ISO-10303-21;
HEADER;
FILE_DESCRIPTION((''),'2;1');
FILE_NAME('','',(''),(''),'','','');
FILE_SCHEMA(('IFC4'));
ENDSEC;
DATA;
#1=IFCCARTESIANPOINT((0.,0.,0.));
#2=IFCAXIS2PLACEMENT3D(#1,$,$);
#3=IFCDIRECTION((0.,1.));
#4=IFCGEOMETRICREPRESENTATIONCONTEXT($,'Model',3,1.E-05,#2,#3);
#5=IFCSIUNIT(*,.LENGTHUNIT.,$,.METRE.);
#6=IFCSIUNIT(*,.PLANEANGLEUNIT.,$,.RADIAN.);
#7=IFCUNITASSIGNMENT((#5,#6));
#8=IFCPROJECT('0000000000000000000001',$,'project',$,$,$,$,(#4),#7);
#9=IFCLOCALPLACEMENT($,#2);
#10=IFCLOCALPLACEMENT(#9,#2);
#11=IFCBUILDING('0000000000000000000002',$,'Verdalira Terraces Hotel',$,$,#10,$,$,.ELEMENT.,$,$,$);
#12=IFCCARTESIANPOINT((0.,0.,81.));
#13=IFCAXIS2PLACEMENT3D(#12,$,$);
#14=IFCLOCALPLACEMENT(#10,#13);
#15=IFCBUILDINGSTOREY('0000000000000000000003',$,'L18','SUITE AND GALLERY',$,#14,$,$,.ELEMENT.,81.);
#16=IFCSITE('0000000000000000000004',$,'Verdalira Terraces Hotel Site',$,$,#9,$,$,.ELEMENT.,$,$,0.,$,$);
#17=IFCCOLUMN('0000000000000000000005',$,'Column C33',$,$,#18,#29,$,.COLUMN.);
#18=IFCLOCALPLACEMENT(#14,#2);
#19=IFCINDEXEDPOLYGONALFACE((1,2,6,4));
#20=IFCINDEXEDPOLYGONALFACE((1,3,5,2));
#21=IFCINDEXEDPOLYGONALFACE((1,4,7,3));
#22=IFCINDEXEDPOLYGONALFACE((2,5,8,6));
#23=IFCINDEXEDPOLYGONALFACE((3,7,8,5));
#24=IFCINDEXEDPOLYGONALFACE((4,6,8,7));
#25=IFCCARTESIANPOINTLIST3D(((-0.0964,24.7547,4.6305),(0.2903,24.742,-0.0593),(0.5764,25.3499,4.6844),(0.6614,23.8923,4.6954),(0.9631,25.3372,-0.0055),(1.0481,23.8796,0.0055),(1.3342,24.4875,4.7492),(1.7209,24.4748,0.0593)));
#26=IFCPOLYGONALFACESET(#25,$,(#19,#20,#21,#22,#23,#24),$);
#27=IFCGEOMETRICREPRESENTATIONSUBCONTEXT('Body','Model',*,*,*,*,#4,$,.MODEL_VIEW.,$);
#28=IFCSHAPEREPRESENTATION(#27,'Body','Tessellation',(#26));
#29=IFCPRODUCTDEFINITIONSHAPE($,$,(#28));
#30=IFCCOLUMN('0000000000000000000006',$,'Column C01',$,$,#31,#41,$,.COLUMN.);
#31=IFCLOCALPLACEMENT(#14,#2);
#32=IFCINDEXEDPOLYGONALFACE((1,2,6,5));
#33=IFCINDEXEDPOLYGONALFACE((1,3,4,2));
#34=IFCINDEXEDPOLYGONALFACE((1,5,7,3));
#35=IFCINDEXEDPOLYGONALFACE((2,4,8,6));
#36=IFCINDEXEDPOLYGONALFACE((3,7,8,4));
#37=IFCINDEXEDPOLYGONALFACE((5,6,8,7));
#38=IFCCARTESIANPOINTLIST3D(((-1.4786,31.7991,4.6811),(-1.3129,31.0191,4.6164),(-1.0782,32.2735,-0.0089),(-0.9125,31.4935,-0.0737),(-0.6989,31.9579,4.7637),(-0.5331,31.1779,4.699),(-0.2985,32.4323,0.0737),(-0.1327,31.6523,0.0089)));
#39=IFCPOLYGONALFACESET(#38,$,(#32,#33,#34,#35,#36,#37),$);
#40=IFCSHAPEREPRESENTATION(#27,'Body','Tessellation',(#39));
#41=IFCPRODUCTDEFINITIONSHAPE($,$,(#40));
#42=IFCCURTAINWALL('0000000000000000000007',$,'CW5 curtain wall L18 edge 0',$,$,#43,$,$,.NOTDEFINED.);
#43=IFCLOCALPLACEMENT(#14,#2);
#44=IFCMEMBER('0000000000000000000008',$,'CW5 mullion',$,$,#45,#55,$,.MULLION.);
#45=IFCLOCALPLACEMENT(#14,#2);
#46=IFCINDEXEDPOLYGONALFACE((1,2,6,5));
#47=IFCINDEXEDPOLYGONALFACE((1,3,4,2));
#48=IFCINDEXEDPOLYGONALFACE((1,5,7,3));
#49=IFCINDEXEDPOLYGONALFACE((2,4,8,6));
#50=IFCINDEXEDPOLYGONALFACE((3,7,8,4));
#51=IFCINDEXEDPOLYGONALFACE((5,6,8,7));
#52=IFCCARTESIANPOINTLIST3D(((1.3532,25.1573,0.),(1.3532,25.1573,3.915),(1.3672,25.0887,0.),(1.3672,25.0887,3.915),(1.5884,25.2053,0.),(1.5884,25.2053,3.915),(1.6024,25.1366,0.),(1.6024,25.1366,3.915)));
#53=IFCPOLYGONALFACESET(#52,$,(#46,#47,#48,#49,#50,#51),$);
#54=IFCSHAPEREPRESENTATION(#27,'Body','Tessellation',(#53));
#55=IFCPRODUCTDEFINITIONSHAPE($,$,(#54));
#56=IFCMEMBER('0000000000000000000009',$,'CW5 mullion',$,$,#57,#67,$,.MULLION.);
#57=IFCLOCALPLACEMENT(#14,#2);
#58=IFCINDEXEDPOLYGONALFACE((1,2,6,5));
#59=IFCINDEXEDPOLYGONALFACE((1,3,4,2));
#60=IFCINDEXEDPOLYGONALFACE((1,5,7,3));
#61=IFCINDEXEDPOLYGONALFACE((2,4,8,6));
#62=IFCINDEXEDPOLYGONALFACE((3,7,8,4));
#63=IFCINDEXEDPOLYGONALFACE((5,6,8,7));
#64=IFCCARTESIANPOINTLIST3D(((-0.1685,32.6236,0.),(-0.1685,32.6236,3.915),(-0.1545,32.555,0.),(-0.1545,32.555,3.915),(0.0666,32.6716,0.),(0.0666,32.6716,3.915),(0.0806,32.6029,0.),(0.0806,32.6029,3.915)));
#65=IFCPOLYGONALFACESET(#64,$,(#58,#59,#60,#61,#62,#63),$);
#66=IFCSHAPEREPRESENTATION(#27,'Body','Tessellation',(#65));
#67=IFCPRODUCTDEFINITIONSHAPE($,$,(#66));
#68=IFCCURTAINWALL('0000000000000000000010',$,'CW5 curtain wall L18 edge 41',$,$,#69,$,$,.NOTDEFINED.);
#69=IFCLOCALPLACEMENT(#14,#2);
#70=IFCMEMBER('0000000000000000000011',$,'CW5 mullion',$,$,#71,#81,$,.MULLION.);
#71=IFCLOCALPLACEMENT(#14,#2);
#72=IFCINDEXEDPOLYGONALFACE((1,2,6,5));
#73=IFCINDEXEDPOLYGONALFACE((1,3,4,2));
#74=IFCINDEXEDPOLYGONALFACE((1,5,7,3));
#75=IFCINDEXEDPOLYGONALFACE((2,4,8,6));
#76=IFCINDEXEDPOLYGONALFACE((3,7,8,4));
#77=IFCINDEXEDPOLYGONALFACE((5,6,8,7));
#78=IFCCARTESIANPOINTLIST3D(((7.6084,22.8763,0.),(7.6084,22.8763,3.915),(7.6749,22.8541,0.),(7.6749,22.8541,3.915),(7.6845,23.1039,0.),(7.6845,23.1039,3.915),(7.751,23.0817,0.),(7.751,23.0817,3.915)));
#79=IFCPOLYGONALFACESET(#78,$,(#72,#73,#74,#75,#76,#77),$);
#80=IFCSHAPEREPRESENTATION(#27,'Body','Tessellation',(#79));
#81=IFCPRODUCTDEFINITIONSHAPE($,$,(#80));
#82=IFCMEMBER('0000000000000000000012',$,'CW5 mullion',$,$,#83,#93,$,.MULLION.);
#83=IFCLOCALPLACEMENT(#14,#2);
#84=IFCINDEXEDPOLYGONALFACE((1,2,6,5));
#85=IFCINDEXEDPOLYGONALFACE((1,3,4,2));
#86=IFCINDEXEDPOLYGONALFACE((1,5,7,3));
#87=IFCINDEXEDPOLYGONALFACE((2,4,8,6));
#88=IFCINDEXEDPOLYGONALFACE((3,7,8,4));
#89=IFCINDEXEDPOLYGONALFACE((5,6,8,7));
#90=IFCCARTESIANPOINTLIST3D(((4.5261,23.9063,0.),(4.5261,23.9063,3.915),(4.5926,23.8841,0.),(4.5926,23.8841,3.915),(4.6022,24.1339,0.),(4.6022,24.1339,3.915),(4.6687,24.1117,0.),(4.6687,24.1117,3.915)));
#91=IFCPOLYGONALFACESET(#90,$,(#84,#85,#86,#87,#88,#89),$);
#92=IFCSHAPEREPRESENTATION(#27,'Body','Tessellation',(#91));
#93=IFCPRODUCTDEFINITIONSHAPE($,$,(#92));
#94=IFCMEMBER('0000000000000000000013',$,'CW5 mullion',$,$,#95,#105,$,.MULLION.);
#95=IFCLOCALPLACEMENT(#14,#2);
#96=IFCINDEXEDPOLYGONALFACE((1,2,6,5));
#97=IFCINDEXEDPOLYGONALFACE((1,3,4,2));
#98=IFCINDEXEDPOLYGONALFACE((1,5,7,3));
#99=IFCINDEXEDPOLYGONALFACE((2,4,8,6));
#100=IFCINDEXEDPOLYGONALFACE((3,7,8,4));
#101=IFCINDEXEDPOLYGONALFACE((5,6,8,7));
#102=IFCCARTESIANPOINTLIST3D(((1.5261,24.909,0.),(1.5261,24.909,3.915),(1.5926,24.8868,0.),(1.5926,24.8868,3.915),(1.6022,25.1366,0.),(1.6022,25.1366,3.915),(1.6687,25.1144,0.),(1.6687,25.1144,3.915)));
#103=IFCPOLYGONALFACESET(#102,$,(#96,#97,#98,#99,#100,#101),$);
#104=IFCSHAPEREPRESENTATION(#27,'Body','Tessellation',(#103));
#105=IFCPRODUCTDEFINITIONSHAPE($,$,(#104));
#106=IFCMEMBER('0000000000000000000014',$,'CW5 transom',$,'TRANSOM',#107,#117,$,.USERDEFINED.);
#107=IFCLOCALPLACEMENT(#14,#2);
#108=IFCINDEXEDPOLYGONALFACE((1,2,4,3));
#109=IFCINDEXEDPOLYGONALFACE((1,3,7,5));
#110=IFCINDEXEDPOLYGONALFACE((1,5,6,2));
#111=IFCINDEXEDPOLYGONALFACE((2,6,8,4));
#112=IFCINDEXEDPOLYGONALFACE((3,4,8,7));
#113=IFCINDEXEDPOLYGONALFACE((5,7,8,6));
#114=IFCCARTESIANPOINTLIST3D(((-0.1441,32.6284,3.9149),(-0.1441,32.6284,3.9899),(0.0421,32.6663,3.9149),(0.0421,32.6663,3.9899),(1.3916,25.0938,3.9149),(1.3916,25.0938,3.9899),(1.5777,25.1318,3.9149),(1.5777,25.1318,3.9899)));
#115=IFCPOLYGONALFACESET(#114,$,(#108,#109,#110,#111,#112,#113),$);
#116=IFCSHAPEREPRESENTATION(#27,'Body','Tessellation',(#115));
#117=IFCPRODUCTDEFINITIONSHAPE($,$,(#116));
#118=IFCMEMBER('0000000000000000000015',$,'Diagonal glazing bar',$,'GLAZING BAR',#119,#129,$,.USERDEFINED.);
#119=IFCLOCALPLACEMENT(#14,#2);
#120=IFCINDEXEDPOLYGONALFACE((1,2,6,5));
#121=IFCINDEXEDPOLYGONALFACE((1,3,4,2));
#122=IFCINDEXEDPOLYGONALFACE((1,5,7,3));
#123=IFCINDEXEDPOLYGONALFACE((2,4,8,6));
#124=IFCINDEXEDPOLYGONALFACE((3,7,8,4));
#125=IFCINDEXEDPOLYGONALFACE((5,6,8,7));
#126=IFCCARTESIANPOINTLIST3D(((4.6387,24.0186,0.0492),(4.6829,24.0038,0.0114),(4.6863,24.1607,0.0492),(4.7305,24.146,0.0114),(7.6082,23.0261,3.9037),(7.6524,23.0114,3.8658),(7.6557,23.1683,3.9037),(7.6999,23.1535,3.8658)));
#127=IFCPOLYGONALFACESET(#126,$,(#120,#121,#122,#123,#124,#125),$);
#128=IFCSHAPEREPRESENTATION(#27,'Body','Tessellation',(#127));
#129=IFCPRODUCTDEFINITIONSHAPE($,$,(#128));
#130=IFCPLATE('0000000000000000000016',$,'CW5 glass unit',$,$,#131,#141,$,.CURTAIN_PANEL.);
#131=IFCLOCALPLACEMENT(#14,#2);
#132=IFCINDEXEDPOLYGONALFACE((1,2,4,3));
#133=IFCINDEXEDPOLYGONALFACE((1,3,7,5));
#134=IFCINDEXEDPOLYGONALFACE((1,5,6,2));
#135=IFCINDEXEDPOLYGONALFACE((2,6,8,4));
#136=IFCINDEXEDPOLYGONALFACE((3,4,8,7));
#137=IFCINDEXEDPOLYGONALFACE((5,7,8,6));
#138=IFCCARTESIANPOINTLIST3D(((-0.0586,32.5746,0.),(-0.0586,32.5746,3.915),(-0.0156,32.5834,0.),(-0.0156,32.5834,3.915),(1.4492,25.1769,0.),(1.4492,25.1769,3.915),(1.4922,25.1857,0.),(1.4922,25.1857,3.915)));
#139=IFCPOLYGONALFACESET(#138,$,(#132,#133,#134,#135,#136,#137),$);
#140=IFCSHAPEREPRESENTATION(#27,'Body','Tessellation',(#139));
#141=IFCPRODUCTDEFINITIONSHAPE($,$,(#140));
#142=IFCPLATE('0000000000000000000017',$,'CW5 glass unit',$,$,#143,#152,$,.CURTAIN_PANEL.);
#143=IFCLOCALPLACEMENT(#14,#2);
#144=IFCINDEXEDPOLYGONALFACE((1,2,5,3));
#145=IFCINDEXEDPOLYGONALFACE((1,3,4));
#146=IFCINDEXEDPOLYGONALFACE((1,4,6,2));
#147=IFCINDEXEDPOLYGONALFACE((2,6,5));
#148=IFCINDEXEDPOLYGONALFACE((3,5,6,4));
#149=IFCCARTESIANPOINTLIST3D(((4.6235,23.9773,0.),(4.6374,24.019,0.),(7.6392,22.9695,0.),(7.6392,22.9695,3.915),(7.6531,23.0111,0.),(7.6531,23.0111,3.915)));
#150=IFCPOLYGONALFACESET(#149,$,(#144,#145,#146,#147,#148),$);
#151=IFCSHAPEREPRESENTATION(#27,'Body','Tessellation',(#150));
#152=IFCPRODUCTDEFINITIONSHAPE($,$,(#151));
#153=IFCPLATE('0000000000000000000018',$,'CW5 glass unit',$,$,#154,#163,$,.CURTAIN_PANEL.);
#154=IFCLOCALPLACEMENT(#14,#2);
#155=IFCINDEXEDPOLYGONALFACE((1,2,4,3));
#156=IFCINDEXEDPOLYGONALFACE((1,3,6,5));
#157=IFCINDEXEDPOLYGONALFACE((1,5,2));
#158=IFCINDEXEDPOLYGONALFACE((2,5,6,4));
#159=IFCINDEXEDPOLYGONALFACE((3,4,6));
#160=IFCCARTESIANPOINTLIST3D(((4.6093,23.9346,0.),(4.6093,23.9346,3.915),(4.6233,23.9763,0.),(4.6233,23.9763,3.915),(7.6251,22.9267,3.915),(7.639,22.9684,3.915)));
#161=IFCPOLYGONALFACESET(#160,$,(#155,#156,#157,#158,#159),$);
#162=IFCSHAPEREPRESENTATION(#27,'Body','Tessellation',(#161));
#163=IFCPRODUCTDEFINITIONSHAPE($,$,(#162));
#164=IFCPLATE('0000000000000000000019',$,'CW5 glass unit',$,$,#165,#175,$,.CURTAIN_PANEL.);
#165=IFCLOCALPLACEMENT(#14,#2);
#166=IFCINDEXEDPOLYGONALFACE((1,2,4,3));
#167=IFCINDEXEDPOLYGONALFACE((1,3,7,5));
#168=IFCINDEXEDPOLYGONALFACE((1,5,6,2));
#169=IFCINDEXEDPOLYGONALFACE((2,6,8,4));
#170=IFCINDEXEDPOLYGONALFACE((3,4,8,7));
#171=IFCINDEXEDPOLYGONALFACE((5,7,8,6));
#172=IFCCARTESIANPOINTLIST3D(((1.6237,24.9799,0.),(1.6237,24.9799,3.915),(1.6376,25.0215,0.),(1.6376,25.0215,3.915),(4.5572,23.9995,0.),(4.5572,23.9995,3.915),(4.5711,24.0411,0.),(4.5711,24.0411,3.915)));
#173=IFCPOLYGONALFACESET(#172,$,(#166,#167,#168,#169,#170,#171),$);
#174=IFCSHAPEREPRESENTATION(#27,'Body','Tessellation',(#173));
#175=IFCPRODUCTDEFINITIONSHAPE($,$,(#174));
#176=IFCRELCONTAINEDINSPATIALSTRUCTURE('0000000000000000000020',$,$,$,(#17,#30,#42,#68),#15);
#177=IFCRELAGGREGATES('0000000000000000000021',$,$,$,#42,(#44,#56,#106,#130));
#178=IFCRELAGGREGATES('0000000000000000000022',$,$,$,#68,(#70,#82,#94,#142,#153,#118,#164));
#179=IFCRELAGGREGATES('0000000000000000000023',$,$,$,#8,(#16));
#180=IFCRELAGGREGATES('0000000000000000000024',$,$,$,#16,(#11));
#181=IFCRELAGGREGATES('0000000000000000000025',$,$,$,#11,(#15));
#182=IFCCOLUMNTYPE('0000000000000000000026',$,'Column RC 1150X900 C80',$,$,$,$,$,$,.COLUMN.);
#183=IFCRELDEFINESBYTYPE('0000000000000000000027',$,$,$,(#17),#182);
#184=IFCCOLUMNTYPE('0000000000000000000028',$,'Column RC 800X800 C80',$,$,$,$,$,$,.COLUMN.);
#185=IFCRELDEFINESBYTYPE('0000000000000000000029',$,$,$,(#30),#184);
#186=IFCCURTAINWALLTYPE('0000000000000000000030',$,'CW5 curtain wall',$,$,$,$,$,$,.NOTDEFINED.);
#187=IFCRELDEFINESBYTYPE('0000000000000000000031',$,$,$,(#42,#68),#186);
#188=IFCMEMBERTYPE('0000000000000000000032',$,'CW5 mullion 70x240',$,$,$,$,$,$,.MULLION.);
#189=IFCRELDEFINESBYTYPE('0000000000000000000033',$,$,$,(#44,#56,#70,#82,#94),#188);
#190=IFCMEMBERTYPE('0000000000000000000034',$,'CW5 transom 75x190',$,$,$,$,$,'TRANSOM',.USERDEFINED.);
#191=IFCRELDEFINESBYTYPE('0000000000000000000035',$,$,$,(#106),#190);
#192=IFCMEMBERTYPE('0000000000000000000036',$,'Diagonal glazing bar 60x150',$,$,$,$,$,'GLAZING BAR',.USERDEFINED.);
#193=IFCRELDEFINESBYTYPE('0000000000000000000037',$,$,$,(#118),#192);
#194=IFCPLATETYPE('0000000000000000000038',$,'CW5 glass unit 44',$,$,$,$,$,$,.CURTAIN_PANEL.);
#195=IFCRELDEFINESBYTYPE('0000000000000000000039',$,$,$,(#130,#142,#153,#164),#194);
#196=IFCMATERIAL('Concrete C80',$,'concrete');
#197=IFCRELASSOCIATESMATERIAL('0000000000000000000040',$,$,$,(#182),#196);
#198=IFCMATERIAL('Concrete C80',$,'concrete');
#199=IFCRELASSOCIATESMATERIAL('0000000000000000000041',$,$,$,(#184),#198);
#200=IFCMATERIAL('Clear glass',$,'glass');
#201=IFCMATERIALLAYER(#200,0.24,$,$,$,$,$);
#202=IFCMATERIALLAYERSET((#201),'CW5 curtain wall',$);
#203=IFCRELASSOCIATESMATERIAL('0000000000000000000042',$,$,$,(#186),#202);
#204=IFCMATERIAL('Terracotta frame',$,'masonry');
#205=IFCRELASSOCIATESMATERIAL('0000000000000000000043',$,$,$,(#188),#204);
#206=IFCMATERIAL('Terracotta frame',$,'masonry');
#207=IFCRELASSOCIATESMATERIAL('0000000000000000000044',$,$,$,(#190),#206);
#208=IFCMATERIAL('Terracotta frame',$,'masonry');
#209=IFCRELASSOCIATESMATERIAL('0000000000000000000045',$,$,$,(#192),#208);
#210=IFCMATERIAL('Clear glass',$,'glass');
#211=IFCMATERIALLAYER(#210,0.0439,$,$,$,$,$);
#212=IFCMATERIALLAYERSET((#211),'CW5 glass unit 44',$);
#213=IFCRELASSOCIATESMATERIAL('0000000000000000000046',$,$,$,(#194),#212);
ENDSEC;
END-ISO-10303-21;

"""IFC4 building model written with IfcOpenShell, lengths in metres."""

from ifc_helpers import new_model, si_unit, direction, frame, origin, origin_2d, place, context, subcontext, project, spatial, polyline, rectangle, outline, extrude, material, layer, layer_set, material_profile, profile_set, type_object, element, aggregate, save


model = new_model("IFC4")

# Units and contexts
model_context = context("Model", 3, precision=1e-05, world=origin(), true_north=direction((0.0, 1.0)))
body_context = subcontext(model_context, "Body", "Model", "MODEL_VIEW")
ifc_project = project(units=[si_unit("LENGTHUNIT", "METRE"), si_unit("PLANEANGLEUNIT", "RADIAN")], contexts=[model_context])

# Site, building, storey
site_placement = place(None, origin())
site = spatial("IfcSite", under=ifc_project, at=site_placement, Name="Verdalira Terraces Hotel Site", CompositionType="ELEMENT", RefElevation=0.0)
building_placement = place(site_placement, origin())
building = spatial("IfcBuilding", under=site, at=building_placement, Name="Verdalira Terraces Hotel", CompositionType="ELEMENT")
storey_placement = place(building_placement, frame((0.0, 0.0, 81.0)))
storey = spatial("IfcBuildingStorey", under=building, at=storey_placement, Name="L18", Description="SUITE AND GALLERY", CompositionType="ELEMENT", Elevation=81.0)

# Columns
ifc_material_1 = material(Name="Concrete C80", Category="concrete")
ifc_material_profile_1 = material_profile(ifc_material_1, rectangle(XDim=1.1499, YDim=0.8999, at=origin_2d()), Name="RC 1150X900")
ifc_profile_set_1 = profile_set([ifc_material_profile_1], Name="Concrete C80")
column_type_1 = type_object("IfcColumnType", Name="Column RC 1150X900 C80", PredefinedType="COLUMN", material=ifc_profile_set_1)
column_1_placement = place(storey_placement, frame((1.0056, 24.6084, 0.0), z_axis=(-0.082178, 0.002698, 0.996614), x_axis=(0.65903, -0.750001, 0.056372)))
element("IfcColumn", 1, at=column_1_placement, inside=storey, type_object=column_type_1, Name="Column C33", PredefinedType="COLUMN", context=body_context, shape_type="SweptSolid", body=[
    extrude(rectangle(XDim=1.1499, YDim=0.8999, at=origin_2d()), origin(), (0.0, 0.0, 1.0), 4.7058),
])
ifc_material_2 = material(Name="Concrete C80", Category="concrete")
ifc_material_profile_2 = material_profile(ifc_material_2, rectangle(XDim=0.8, YDim=0.8, at=origin_2d()), Name="RC 800X800")
ifc_profile_set_2 = profile_set([ifc_material_profile_2], Name="Concrete C80")
column_type_2 = type_object("IfcColumnType", Name="Column RC 800X800 C80", PredefinedType="COLUMN", material=ifc_profile_set_2)
column_2_placement = place(storey_placement, frame((-0.6055, 31.9629, 0.0), z_axis=(-0.084634, -0.100271, 0.991354), x_axis=(-0.207144, 0.974957, 0.080928)))
element("IfcColumn", 2, at=column_2_placement, inside=storey, type_object=column_type_2, Name="Column C01", PredefinedType="COLUMN", context=body_context, shape_type="SweptSolid", body=[
    extrude(rectangle(XDim=0.8, YDim=0.8, at=origin_2d()), origin(), (0.0, 0.0, 1.0), 4.731),
])

# Curtain walls, members
ifc_material_3 = material(Name="Clear glass", Category="glass")
ifc_layer_1 = layer(ifc_material_3, 0.24)
ifc_layer_set_1 = layer_set([ifc_layer_1], Name="CW5 curtain wall")
curtain_wall_type = type_object("IfcCurtainWallType", Name="CW5 curtain wall", PredefinedType="NOTDEFINED", material=ifc_layer_set_1)
curtain_wall_1_placement = place(storey_placement, origin())
curtain_wall_1 = element("IfcCurtainWall", 3, at=curtain_wall_1_placement, inside=storey, type_object=curtain_wall_type, Name="CW5 curtain wall L18 edge 0", PredefinedType="NOTDEFINED")
ifc_material_4 = material(Name="Terracotta frame", Category="masonry")
ifc_material_profile_3 = material_profile(ifc_material_4, rectangle(XDim=0.0701, YDim=0.24, at=origin_2d()), Name="MU 70x240")
ifc_profile_set_3 = profile_set([ifc_material_profile_3], Name="Terracotta frame")
member_type_1 = type_object("IfcMemberType", Name="CW5 mullion 70x240", PredefinedType="MULLION", material=ifc_profile_set_3)
member_1_placement = place(storey_placement, frame((1.4778, 25.147, 0.0), z_axis=(0.0, 0.0, 1.0), x_axis=(-0.19971, 0.979855, 0.0)))
member_1 = element("IfcMember", 4, at=member_1_placement, type_object=member_type_1, Name="CW5 mullion", PredefinedType="MULLION", context=body_context, shape_type="SweptSolid", body=[
    extrude(rectangle(XDim=0.0701, YDim=0.24, at=origin_2d()), origin(), (0.0, 0.0, 1.0), 3.915),
])
member_2_placement = place(storey_placement, frame((-0.0439, 32.6133, 0.0), z_axis=(0.0, 0.0, 1.0), x_axis=(-0.19971, 0.979855, 0.0)))
member_2 = element("IfcMember", 5, at=member_2_placement, type_object=member_type_1, Name="CW5 mullion", PredefinedType="MULLION", context=body_context, shape_type="SweptSolid", body=[
    extrude(rectangle(XDim=0.0701, YDim=0.24, at=origin_2d()), origin(), (0.0, 0.0, 1.0), 3.915),
])
curtain_wall_2_placement = place(storey_placement, origin())
curtain_wall_2 = element("IfcCurtainWall", 6, at=curtain_wall_2_placement, inside=storey, type_object=curtain_wall_type, Name="CW5 curtain wall L18 edge 41", PredefinedType="NOTDEFINED")
member_3_placement = place(storey_placement, frame((7.6797, 22.979, 0.0), z_axis=(0.0, 0.0, 1.0), x_axis=(-0.948434, 0.316974, 0.0)))
member_3 = element("IfcMember", 7, at=member_3_placement, type_object=member_type_1, Name="CW5 mullion", PredefinedType="MULLION", context=body_context, shape_type="SweptSolid", body=[
    extrude(rectangle(XDim=0.0701, YDim=0.24, at=origin_2d()), origin(), (0.0, 0.0, 1.0), 3.915),
])
member_4_placement = place(storey_placement, frame((4.5974, 24.009, 0.0), z_axis=(0.0, 0.0, 1.0), x_axis=(-0.948434, 0.316974, 0.0)))
member_4 = element("IfcMember", 8, at=member_4_placement, type_object=member_type_1, Name="CW5 mullion", PredefinedType="MULLION", context=body_context, shape_type="SweptSolid", body=[
    extrude(rectangle(XDim=0.0701, YDim=0.24, at=origin_2d()), origin(), (0.0, 0.0, 1.0), 3.915),
])
member_5_placement = place(storey_placement, frame((1.5974, 25.0117, 0.0), z_axis=(0.0, 0.0, 1.0), x_axis=(-0.948434, 0.316974, 0.0)))
member_5 = element("IfcMember", 9, at=member_5_placement, type_object=member_type_1, Name="CW5 mullion", PredefinedType="MULLION", context=body_context, shape_type="SweptSolid", body=[
    extrude(rectangle(XDim=0.0701, YDim=0.24, at=origin_2d()), origin(), (0.0, 0.0, 1.0), 3.915),
])

# Members
ifc_material_5 = material(Name="Terracotta frame", Category="masonry")
ifc_material_profile_4 = material_profile(ifc_material_5, rectangle(XDim=0.1899, YDim=0.075, at=origin_2d()), Name="TR 75x190")
ifc_profile_set_4 = profile_set([ifc_material_profile_4], Name="Terracotta frame")
member_type_2 = type_object("IfcMemberType", Name="CW5 transom 75x190", ElementType="TRANSOM", PredefinedType="USERDEFINED", material=ifc_profile_set_4)
member_6_placement = place(storey_placement, frame((1.4846, 25.1128, 3.9524), z_axis=(-0.199705, 0.979856, 0.0), x_axis=(-0.979856, -0.199705, 0.0)))
member_6 = element("IfcMember", 10, at=member_6_placement, type_object=member_type_2, Name="CW5 transom", ObjectType="TRANSOM", PredefinedType="USERDEFINED", context=body_context, shape_type="SweptSolid", body=[
    extrude(rectangle(XDim=0.1899, YDim=0.075, at=origin_2d()), origin(), (0.0, 0.0, 1.0), 7.6895),
])
ifc_material_6 = material(Name="Terracotta frame", Category="masonry")
ifc_material_profile_5 = material_profile(ifc_material_6, rectangle(XDim=0.1499, YDim=0.0601, at=origin_2d()), Name="GB 60x150")
ifc_profile_set_5 = profile_set([ifc_material_profile_5], Name="Terracotta frame")
member_type_3 = type_object("IfcMemberType", Name="Diagonal glazing bar 60x150", ElementType="GLAZING BAR", PredefinedType="USERDEFINED", material=ifc_profile_set_5)
member_7_placement = place(storey_placement, frame((7.6541, 23.0898, 3.8848), z_axis=(-0.597978, 0.199851, -0.776197), x_axis=(-0.316976, -0.948433, 0.0)))
member_7 = element("IfcMember", 11, at=member_7_placement, type_object=member_type_3, Name="Diagonal glazing bar", ObjectType="GLAZING BAR", PredefinedType="USERDEFINED", context=body_context, shape_type="SweptSolid", body=[
    extrude(rectangle(XDim=0.1499, YDim=0.0601, at=origin_2d()), origin(), (0.0, 0.0, 1.0), 4.9658),
])

# Plates
ifc_material_7 = material(Name="Clear glass", Category="glass")
ifc_layer_2 = layer(ifc_material_7, 0.0439)
ifc_layer_set_2 = layer_set([ifc_layer_2], Name="CW5 glass unit 44")
plate_type = type_object("IfcPlateType", Name="CW5 glass unit 44", PredefinedType="CURTAIN_PANEL", material=ifc_layer_set_2)
plate_1_placement = place(storey_placement, frame((0.7168, 28.8801, 0.0), z_axis=(0.0, 0.0, 1.0), x_axis=(-0.19971, 0.979855, 0.0)))
plate_1 = element("IfcPlate", 12, at=plate_1_placement, type_object=plate_type, Name="CW5 glass unit", PredefinedType="CURTAIN_PANEL", context=body_context, shape_type="SweptSolid", body=[
    extrude(rectangle(XDim=7.5498, YDim=0.0439, at=origin_2d()), origin(), (0.0, 0.0, 1.0), 3.915),
])
aggregate(curtain_wall_1, [member_1, member_2, member_6, plate_1])
plate_2_placement = place(storey_placement, frame((6.1313, 23.4734, 1.9575), z_axis=(0.316974, 0.948434, 0.0), x_axis=(-0.948434, 0.316974, 0.0)))
plate_2 = element("IfcPlate", 13, at=plate_2_placement, type_object=plate_type, Name="CW5 glass unit", PredefinedType="CURTAIN_PANEL", context=body_context, shape_type="SweptSolid", body=[
    extrude(outline(polyline([(-1.5898, -1.9575), (1.5898, -1.9575), (-1.5898, 1.9575), (-1.5898, -1.9575)])), origin(), (0.0, 0.0, 1.0), 0.0439),
])
plate_3_placement = place(storey_placement, frame((6.1172, 23.4307, 1.9575), z_axis=(0.316974, 0.948434, 0.0), x_axis=(-0.948434, 0.316974, 0.0)))
plate_3 = element("IfcPlate", 14, at=plate_3_placement, type_object=plate_type, Name="CW5 glass unit", PredefinedType="CURTAIN_PANEL", context=body_context, shape_type="SweptSolid", body=[
    extrude(outline(polyline([(1.5898, -1.9575), (1.5898, 1.9575), (-1.5898, 1.9575), (1.5898, -1.9575)])), origin(), (0.0, 0.0, 1.0), 0.0439),
])
plate_4_placement = place(storey_placement, frame((3.0974, 24.5105, 0.0), z_axis=(0.0, 0.0, 1.0), x_axis=(-0.948434, 0.316974, 0.0)))
plate_4 = element("IfcPlate", 15, at=plate_4_placement, type_object=plate_type, Name="CW5 glass unit", PredefinedType="CURTAIN_PANEL", context=body_context, shape_type="SweptSolid", body=[
    extrude(rectangle(XDim=3.093, YDim=0.0439, at=origin_2d()), origin(), (0.0, 0.0, 1.0), 3.915),
])
aggregate(curtain_wall_2, [member_3, member_4, member_5, plate_2, plate_3, member_7, plate_4])

save(model, "model.ifc")
